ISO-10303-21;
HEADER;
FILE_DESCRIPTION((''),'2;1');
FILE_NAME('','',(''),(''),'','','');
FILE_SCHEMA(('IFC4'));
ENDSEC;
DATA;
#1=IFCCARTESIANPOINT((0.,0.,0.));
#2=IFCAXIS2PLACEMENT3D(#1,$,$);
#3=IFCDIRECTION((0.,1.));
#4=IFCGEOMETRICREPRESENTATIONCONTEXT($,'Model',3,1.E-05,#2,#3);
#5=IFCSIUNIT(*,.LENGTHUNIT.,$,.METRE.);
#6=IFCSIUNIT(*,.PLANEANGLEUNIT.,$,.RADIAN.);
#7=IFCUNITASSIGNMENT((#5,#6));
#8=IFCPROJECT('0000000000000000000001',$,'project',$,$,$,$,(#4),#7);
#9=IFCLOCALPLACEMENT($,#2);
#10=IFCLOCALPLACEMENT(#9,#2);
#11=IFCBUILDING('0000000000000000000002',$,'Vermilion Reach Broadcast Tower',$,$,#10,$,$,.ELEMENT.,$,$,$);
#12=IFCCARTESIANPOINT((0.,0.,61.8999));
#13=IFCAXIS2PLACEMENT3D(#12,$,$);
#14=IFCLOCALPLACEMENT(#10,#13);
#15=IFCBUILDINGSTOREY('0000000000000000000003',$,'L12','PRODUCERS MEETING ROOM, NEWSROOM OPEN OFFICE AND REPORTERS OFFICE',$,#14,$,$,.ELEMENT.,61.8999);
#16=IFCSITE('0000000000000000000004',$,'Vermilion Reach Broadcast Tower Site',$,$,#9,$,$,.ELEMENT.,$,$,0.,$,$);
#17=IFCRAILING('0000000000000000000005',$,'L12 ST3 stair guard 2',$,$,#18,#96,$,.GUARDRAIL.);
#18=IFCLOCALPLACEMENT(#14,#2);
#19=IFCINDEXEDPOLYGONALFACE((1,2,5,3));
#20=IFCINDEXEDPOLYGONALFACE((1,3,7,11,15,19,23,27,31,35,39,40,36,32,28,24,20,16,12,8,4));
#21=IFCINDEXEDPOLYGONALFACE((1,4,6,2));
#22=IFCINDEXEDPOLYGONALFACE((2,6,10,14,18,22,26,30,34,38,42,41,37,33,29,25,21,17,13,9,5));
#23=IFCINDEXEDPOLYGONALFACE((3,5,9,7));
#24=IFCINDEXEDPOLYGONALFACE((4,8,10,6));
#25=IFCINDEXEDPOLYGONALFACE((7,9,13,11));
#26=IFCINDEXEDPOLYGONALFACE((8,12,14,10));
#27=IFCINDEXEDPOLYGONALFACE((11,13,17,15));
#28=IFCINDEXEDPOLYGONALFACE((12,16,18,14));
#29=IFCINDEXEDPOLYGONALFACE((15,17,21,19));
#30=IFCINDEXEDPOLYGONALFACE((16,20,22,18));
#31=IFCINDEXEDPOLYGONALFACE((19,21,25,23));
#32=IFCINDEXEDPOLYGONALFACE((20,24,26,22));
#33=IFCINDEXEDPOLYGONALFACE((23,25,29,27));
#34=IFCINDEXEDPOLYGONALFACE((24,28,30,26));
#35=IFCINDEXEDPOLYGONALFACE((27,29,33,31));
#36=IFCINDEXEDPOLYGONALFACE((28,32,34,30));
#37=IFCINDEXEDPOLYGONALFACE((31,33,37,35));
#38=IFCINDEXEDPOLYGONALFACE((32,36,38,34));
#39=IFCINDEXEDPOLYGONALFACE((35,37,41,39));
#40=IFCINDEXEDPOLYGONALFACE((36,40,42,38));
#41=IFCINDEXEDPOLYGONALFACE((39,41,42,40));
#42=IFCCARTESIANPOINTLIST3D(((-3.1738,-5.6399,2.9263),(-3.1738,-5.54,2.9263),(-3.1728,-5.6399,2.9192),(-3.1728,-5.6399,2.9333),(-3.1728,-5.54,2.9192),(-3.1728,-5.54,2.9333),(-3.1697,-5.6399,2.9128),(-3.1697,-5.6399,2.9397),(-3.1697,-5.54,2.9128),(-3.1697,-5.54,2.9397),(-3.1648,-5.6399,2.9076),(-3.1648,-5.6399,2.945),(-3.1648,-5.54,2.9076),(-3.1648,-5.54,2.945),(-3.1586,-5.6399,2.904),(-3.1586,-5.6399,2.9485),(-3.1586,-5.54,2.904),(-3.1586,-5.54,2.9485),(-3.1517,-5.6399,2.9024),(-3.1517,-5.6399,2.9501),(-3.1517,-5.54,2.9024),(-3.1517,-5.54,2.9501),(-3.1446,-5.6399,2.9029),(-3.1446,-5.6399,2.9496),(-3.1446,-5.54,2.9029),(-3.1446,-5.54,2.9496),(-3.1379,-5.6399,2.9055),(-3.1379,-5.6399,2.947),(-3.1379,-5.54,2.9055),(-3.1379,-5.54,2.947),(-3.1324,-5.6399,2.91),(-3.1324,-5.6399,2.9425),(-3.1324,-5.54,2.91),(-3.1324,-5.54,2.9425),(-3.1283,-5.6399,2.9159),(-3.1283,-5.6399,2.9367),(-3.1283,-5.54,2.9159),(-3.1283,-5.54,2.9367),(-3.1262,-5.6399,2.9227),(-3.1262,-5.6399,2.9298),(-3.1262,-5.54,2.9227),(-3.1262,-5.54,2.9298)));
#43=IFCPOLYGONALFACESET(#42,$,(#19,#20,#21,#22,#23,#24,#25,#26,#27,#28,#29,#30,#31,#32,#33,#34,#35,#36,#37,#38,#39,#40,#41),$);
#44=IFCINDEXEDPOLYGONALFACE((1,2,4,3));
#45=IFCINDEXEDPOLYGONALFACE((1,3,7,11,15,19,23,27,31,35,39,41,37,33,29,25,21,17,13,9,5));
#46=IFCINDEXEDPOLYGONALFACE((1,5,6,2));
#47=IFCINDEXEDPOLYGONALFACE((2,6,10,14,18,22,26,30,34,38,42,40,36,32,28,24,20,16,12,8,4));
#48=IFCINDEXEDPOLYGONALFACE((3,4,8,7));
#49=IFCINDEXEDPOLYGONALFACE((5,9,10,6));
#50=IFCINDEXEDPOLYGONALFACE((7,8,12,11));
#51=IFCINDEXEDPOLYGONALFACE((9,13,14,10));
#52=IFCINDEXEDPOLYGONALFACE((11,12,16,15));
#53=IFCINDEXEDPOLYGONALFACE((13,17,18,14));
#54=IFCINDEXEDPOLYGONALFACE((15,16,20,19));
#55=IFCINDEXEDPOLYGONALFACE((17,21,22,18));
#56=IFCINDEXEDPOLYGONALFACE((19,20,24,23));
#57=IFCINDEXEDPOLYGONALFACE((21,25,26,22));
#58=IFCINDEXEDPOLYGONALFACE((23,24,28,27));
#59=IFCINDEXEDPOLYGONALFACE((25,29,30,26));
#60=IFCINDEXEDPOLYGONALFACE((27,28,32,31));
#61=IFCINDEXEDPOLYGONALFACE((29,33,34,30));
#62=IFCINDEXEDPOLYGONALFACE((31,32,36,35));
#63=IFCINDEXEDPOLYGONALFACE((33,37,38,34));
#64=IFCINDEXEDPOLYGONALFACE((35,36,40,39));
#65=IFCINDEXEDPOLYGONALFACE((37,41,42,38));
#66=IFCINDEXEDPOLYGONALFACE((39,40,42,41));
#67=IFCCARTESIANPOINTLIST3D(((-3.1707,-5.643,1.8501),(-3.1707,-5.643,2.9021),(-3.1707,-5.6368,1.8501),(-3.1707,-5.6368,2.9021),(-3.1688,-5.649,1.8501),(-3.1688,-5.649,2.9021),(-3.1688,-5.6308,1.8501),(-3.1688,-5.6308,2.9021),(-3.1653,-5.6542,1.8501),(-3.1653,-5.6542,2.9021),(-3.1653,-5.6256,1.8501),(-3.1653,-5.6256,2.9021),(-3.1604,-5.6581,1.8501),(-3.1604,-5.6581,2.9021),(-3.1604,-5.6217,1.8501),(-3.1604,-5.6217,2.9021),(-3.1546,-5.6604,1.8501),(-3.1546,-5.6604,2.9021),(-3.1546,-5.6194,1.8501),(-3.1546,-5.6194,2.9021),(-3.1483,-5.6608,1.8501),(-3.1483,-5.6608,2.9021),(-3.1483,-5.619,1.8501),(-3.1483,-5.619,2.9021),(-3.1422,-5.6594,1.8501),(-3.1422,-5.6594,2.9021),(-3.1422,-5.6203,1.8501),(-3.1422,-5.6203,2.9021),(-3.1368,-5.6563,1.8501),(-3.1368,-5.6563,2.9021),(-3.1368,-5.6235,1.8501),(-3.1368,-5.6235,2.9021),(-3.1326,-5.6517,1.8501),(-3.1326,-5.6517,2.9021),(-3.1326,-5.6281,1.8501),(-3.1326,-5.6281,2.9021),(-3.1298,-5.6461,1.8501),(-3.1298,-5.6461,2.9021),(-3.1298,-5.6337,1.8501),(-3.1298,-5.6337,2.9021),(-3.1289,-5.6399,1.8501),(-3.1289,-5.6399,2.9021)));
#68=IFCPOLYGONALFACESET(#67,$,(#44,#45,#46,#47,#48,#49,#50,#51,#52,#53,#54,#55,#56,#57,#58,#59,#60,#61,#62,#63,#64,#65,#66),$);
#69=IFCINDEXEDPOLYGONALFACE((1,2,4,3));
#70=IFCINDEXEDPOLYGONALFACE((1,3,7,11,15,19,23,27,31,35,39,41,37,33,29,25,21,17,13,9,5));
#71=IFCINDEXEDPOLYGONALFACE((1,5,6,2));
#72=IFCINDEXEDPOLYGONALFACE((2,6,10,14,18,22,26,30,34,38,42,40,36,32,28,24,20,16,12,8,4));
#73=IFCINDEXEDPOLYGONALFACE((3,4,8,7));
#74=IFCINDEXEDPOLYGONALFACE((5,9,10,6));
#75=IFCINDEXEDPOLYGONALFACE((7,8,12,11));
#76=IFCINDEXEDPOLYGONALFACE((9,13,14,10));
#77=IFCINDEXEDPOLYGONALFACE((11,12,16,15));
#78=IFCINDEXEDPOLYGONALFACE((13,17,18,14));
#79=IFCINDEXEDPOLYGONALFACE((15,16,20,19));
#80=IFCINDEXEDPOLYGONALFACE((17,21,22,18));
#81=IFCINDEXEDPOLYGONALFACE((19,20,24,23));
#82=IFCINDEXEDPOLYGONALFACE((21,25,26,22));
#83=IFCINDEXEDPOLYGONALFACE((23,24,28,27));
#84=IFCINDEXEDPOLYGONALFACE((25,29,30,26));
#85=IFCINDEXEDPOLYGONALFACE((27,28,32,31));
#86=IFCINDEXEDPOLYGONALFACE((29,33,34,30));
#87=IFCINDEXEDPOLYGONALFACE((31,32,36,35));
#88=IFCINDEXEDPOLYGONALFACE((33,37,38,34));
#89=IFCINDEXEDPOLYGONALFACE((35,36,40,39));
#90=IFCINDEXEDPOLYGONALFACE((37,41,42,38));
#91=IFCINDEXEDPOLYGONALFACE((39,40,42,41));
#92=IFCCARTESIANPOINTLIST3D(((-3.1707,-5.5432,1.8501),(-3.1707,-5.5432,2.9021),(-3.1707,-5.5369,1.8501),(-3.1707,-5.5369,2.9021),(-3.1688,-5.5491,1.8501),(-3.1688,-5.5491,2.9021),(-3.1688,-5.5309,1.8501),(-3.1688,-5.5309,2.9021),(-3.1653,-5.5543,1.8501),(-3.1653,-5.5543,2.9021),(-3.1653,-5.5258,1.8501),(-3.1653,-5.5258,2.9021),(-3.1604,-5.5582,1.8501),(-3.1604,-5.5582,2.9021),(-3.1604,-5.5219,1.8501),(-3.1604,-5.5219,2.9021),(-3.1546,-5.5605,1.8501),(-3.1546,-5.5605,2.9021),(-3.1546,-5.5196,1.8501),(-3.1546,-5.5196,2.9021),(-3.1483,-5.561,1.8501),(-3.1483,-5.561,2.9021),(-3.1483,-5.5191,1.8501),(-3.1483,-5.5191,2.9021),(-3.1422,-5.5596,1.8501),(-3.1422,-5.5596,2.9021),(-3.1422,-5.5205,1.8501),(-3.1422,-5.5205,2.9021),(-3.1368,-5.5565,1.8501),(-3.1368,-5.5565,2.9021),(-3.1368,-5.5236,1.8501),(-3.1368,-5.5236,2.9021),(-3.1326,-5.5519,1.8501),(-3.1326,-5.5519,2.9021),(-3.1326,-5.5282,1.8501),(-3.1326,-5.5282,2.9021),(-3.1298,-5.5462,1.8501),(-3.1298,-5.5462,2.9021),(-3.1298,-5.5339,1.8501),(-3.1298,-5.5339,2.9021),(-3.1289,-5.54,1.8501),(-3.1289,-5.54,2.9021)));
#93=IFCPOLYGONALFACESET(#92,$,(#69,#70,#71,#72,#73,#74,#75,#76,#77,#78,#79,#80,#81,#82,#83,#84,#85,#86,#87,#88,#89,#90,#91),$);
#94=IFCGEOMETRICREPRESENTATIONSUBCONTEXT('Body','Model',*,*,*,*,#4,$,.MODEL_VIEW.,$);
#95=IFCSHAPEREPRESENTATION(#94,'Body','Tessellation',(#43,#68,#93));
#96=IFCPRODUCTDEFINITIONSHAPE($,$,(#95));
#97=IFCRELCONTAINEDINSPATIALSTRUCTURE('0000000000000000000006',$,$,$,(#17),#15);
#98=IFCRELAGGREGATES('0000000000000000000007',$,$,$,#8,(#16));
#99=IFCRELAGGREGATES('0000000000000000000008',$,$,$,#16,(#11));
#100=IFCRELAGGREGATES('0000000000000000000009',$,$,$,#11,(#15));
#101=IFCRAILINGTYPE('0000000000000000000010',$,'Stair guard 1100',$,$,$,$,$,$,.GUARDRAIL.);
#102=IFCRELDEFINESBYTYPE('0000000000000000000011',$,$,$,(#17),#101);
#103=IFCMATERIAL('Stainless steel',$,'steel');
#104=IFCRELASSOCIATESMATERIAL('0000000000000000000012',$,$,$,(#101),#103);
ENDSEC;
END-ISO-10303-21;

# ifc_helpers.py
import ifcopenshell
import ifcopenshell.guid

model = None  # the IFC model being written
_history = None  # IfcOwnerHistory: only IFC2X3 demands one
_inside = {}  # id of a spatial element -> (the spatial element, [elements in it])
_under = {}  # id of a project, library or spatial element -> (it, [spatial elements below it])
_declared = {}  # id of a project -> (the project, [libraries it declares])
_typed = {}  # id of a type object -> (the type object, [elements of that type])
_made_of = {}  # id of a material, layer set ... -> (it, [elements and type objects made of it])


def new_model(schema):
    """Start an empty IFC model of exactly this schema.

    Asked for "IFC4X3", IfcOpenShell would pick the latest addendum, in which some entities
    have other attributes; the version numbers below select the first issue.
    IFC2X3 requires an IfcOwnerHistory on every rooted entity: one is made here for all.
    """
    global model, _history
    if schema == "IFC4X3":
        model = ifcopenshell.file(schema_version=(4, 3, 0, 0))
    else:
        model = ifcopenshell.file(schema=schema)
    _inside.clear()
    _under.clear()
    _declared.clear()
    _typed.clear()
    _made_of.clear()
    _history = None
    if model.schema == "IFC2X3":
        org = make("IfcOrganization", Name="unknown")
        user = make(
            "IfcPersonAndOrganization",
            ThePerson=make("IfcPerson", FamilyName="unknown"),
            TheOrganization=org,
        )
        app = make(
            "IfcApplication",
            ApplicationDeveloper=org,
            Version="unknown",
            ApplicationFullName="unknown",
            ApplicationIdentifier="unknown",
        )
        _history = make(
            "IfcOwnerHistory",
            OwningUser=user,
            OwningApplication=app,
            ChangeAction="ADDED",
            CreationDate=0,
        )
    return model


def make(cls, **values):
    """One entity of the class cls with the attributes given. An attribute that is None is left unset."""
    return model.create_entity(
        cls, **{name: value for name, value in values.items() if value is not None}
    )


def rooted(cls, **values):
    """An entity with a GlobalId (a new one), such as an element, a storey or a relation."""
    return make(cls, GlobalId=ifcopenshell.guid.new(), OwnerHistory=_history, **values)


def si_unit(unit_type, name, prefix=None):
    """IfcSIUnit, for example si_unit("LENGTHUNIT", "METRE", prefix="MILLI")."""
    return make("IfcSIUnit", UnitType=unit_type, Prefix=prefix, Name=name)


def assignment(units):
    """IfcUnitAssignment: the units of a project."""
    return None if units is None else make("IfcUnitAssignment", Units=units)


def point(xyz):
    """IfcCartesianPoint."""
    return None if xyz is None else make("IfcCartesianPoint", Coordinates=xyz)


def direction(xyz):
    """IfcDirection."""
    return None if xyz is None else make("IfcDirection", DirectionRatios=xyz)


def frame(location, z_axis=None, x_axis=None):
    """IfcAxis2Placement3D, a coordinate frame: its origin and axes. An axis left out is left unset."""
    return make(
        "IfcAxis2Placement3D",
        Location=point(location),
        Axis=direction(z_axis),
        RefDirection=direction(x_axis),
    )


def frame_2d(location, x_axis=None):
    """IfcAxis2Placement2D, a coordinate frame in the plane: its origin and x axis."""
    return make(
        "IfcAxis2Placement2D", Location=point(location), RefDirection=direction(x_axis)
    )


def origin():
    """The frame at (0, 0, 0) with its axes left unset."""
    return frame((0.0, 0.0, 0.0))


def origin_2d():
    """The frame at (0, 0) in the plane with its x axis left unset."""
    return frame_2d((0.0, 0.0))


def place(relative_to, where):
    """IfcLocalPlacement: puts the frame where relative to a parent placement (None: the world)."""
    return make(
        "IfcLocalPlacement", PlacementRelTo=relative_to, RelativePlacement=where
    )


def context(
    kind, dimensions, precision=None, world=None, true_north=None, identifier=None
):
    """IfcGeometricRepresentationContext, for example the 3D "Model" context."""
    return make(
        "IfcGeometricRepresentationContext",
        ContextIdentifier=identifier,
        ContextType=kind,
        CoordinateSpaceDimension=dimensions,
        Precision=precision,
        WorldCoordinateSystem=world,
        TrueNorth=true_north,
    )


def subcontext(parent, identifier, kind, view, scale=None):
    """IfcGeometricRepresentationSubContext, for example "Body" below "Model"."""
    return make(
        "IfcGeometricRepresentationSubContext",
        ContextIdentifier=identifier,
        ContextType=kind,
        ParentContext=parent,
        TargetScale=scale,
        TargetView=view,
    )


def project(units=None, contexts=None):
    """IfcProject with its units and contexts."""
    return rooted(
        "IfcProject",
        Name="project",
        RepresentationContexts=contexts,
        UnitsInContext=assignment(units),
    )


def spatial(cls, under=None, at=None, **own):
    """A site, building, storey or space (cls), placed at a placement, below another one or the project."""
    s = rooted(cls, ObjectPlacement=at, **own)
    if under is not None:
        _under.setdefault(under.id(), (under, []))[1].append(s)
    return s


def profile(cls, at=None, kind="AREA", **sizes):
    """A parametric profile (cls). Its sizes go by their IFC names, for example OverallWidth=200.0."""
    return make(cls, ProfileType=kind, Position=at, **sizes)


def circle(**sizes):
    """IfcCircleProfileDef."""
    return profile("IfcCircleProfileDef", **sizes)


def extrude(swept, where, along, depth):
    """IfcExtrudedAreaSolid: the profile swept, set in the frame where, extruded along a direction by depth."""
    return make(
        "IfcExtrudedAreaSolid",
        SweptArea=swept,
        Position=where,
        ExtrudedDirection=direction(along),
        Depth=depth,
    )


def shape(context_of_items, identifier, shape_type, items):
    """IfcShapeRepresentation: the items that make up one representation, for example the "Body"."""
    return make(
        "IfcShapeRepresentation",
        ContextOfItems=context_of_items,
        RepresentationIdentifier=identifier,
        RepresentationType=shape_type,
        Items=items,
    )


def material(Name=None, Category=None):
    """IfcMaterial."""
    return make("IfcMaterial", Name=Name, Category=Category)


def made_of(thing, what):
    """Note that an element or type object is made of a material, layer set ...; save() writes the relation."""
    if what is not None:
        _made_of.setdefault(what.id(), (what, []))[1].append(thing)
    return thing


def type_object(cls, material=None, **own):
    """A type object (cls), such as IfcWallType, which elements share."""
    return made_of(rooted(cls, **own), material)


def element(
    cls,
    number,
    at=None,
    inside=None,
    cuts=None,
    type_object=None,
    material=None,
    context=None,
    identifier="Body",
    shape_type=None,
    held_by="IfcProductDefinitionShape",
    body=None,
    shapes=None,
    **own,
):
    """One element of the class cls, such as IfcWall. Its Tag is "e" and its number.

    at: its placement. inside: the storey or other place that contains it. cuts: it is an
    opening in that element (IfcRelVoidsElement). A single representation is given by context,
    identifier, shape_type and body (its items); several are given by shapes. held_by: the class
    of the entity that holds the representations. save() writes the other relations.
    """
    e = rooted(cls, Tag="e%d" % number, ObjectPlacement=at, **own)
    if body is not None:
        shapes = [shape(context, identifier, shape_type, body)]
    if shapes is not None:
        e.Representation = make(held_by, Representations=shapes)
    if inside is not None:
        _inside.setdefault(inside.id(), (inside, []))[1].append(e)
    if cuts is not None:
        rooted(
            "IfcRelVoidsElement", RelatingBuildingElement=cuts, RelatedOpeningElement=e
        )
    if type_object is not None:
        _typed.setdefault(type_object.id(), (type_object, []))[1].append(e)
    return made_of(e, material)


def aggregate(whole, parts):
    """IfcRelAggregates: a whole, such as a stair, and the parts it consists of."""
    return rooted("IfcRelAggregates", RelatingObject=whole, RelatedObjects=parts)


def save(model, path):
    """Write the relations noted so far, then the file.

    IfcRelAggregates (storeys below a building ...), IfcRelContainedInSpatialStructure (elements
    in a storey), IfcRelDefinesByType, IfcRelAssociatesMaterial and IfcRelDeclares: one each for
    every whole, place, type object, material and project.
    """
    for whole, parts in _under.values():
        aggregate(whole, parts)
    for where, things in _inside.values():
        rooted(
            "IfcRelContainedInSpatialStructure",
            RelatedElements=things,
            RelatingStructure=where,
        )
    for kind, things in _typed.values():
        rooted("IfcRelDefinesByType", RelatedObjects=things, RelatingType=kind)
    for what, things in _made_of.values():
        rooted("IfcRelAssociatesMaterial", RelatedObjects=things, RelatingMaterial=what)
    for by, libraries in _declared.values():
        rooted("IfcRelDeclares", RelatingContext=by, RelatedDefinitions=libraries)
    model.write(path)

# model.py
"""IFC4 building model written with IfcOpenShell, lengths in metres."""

from ifc_helpers import new_model, si_unit, direction, frame, origin, origin_2d, place, context, subcontext, project, spatial, circle, extrude, material, type_object, element, save


model = new_model("IFC4")

# Units and contexts
model_context = context("Model", 3, precision=1e-05, world=origin(), true_north=direction((0.0, 1.0)))
body_context = subcontext(model_context, "Body", "Model", "MODEL_VIEW")
ifc_project = project(units=[si_unit("LENGTHUNIT", "METRE"), si_unit("PLANEANGLEUNIT", "RADIAN")], contexts=[model_context])

# Site, building, storey
site_placement = place(None, origin())
site = spatial("IfcSite", under=ifc_project, at=site_placement, Name="Vermilion Reach Broadcast Tower Site", CompositionType="ELEMENT", RefElevation=0.0)
building_placement = place(site_placement, origin())
building = spatial("IfcBuilding", under=site, at=building_placement, Name="Vermilion Reach Broadcast Tower", CompositionType="ELEMENT")
storey_placement = place(building_placement, frame((0.0, 0.0, 61.8999)))
storey = spatial("IfcBuildingStorey", under=building, at=storey_placement, Name="L12", Description="PRODUCERS MEETING ROOM, NEWSROOM OPEN OFFICE AND REPORTERS OFFICE", CompositionType="ELEMENT", Elevation=61.8999)

# Railing
ifc_material_1 = material(Name="Stainless steel", Category="steel")
railing_type_1 = type_object("IfcRailingType", Name="Stair guard 1100", PredefinedType="GUARDRAIL", material=ifc_material_1)
railing_1_placement = place(storey_placement, frame((-3.1499, -5.6399, 1.8501)))
element("IfcRailing", 1, at=railing_1_placement, inside=storey, type_object=railing_type_1, Name="L12 ST3 stair guard 2", PredefinedType="GUARDRAIL", context=body_context, shape_type="SweptSolid", body=[
    extrude(circle(Radius=0.0239, at=origin_2d()), frame((0.0, 0.0, 1.0762), z_axis=(0.0, 1.0, 0.0), x_axis=(-1.0, 0.0, 0.0)), (0.0, 0.0, 1.0), 0.0999),
    extrude(circle(Radius=0.021, at=origin_2d()), origin(), (0.0, 0.0, 1.0), 1.052),
    extrude(circle(Radius=0.021, at=origin_2d()), frame((0.0, 0.0999, 0.0)), (0.0, 0.0, 1.0), 1.052),
])

save(model, "model.ifc")
